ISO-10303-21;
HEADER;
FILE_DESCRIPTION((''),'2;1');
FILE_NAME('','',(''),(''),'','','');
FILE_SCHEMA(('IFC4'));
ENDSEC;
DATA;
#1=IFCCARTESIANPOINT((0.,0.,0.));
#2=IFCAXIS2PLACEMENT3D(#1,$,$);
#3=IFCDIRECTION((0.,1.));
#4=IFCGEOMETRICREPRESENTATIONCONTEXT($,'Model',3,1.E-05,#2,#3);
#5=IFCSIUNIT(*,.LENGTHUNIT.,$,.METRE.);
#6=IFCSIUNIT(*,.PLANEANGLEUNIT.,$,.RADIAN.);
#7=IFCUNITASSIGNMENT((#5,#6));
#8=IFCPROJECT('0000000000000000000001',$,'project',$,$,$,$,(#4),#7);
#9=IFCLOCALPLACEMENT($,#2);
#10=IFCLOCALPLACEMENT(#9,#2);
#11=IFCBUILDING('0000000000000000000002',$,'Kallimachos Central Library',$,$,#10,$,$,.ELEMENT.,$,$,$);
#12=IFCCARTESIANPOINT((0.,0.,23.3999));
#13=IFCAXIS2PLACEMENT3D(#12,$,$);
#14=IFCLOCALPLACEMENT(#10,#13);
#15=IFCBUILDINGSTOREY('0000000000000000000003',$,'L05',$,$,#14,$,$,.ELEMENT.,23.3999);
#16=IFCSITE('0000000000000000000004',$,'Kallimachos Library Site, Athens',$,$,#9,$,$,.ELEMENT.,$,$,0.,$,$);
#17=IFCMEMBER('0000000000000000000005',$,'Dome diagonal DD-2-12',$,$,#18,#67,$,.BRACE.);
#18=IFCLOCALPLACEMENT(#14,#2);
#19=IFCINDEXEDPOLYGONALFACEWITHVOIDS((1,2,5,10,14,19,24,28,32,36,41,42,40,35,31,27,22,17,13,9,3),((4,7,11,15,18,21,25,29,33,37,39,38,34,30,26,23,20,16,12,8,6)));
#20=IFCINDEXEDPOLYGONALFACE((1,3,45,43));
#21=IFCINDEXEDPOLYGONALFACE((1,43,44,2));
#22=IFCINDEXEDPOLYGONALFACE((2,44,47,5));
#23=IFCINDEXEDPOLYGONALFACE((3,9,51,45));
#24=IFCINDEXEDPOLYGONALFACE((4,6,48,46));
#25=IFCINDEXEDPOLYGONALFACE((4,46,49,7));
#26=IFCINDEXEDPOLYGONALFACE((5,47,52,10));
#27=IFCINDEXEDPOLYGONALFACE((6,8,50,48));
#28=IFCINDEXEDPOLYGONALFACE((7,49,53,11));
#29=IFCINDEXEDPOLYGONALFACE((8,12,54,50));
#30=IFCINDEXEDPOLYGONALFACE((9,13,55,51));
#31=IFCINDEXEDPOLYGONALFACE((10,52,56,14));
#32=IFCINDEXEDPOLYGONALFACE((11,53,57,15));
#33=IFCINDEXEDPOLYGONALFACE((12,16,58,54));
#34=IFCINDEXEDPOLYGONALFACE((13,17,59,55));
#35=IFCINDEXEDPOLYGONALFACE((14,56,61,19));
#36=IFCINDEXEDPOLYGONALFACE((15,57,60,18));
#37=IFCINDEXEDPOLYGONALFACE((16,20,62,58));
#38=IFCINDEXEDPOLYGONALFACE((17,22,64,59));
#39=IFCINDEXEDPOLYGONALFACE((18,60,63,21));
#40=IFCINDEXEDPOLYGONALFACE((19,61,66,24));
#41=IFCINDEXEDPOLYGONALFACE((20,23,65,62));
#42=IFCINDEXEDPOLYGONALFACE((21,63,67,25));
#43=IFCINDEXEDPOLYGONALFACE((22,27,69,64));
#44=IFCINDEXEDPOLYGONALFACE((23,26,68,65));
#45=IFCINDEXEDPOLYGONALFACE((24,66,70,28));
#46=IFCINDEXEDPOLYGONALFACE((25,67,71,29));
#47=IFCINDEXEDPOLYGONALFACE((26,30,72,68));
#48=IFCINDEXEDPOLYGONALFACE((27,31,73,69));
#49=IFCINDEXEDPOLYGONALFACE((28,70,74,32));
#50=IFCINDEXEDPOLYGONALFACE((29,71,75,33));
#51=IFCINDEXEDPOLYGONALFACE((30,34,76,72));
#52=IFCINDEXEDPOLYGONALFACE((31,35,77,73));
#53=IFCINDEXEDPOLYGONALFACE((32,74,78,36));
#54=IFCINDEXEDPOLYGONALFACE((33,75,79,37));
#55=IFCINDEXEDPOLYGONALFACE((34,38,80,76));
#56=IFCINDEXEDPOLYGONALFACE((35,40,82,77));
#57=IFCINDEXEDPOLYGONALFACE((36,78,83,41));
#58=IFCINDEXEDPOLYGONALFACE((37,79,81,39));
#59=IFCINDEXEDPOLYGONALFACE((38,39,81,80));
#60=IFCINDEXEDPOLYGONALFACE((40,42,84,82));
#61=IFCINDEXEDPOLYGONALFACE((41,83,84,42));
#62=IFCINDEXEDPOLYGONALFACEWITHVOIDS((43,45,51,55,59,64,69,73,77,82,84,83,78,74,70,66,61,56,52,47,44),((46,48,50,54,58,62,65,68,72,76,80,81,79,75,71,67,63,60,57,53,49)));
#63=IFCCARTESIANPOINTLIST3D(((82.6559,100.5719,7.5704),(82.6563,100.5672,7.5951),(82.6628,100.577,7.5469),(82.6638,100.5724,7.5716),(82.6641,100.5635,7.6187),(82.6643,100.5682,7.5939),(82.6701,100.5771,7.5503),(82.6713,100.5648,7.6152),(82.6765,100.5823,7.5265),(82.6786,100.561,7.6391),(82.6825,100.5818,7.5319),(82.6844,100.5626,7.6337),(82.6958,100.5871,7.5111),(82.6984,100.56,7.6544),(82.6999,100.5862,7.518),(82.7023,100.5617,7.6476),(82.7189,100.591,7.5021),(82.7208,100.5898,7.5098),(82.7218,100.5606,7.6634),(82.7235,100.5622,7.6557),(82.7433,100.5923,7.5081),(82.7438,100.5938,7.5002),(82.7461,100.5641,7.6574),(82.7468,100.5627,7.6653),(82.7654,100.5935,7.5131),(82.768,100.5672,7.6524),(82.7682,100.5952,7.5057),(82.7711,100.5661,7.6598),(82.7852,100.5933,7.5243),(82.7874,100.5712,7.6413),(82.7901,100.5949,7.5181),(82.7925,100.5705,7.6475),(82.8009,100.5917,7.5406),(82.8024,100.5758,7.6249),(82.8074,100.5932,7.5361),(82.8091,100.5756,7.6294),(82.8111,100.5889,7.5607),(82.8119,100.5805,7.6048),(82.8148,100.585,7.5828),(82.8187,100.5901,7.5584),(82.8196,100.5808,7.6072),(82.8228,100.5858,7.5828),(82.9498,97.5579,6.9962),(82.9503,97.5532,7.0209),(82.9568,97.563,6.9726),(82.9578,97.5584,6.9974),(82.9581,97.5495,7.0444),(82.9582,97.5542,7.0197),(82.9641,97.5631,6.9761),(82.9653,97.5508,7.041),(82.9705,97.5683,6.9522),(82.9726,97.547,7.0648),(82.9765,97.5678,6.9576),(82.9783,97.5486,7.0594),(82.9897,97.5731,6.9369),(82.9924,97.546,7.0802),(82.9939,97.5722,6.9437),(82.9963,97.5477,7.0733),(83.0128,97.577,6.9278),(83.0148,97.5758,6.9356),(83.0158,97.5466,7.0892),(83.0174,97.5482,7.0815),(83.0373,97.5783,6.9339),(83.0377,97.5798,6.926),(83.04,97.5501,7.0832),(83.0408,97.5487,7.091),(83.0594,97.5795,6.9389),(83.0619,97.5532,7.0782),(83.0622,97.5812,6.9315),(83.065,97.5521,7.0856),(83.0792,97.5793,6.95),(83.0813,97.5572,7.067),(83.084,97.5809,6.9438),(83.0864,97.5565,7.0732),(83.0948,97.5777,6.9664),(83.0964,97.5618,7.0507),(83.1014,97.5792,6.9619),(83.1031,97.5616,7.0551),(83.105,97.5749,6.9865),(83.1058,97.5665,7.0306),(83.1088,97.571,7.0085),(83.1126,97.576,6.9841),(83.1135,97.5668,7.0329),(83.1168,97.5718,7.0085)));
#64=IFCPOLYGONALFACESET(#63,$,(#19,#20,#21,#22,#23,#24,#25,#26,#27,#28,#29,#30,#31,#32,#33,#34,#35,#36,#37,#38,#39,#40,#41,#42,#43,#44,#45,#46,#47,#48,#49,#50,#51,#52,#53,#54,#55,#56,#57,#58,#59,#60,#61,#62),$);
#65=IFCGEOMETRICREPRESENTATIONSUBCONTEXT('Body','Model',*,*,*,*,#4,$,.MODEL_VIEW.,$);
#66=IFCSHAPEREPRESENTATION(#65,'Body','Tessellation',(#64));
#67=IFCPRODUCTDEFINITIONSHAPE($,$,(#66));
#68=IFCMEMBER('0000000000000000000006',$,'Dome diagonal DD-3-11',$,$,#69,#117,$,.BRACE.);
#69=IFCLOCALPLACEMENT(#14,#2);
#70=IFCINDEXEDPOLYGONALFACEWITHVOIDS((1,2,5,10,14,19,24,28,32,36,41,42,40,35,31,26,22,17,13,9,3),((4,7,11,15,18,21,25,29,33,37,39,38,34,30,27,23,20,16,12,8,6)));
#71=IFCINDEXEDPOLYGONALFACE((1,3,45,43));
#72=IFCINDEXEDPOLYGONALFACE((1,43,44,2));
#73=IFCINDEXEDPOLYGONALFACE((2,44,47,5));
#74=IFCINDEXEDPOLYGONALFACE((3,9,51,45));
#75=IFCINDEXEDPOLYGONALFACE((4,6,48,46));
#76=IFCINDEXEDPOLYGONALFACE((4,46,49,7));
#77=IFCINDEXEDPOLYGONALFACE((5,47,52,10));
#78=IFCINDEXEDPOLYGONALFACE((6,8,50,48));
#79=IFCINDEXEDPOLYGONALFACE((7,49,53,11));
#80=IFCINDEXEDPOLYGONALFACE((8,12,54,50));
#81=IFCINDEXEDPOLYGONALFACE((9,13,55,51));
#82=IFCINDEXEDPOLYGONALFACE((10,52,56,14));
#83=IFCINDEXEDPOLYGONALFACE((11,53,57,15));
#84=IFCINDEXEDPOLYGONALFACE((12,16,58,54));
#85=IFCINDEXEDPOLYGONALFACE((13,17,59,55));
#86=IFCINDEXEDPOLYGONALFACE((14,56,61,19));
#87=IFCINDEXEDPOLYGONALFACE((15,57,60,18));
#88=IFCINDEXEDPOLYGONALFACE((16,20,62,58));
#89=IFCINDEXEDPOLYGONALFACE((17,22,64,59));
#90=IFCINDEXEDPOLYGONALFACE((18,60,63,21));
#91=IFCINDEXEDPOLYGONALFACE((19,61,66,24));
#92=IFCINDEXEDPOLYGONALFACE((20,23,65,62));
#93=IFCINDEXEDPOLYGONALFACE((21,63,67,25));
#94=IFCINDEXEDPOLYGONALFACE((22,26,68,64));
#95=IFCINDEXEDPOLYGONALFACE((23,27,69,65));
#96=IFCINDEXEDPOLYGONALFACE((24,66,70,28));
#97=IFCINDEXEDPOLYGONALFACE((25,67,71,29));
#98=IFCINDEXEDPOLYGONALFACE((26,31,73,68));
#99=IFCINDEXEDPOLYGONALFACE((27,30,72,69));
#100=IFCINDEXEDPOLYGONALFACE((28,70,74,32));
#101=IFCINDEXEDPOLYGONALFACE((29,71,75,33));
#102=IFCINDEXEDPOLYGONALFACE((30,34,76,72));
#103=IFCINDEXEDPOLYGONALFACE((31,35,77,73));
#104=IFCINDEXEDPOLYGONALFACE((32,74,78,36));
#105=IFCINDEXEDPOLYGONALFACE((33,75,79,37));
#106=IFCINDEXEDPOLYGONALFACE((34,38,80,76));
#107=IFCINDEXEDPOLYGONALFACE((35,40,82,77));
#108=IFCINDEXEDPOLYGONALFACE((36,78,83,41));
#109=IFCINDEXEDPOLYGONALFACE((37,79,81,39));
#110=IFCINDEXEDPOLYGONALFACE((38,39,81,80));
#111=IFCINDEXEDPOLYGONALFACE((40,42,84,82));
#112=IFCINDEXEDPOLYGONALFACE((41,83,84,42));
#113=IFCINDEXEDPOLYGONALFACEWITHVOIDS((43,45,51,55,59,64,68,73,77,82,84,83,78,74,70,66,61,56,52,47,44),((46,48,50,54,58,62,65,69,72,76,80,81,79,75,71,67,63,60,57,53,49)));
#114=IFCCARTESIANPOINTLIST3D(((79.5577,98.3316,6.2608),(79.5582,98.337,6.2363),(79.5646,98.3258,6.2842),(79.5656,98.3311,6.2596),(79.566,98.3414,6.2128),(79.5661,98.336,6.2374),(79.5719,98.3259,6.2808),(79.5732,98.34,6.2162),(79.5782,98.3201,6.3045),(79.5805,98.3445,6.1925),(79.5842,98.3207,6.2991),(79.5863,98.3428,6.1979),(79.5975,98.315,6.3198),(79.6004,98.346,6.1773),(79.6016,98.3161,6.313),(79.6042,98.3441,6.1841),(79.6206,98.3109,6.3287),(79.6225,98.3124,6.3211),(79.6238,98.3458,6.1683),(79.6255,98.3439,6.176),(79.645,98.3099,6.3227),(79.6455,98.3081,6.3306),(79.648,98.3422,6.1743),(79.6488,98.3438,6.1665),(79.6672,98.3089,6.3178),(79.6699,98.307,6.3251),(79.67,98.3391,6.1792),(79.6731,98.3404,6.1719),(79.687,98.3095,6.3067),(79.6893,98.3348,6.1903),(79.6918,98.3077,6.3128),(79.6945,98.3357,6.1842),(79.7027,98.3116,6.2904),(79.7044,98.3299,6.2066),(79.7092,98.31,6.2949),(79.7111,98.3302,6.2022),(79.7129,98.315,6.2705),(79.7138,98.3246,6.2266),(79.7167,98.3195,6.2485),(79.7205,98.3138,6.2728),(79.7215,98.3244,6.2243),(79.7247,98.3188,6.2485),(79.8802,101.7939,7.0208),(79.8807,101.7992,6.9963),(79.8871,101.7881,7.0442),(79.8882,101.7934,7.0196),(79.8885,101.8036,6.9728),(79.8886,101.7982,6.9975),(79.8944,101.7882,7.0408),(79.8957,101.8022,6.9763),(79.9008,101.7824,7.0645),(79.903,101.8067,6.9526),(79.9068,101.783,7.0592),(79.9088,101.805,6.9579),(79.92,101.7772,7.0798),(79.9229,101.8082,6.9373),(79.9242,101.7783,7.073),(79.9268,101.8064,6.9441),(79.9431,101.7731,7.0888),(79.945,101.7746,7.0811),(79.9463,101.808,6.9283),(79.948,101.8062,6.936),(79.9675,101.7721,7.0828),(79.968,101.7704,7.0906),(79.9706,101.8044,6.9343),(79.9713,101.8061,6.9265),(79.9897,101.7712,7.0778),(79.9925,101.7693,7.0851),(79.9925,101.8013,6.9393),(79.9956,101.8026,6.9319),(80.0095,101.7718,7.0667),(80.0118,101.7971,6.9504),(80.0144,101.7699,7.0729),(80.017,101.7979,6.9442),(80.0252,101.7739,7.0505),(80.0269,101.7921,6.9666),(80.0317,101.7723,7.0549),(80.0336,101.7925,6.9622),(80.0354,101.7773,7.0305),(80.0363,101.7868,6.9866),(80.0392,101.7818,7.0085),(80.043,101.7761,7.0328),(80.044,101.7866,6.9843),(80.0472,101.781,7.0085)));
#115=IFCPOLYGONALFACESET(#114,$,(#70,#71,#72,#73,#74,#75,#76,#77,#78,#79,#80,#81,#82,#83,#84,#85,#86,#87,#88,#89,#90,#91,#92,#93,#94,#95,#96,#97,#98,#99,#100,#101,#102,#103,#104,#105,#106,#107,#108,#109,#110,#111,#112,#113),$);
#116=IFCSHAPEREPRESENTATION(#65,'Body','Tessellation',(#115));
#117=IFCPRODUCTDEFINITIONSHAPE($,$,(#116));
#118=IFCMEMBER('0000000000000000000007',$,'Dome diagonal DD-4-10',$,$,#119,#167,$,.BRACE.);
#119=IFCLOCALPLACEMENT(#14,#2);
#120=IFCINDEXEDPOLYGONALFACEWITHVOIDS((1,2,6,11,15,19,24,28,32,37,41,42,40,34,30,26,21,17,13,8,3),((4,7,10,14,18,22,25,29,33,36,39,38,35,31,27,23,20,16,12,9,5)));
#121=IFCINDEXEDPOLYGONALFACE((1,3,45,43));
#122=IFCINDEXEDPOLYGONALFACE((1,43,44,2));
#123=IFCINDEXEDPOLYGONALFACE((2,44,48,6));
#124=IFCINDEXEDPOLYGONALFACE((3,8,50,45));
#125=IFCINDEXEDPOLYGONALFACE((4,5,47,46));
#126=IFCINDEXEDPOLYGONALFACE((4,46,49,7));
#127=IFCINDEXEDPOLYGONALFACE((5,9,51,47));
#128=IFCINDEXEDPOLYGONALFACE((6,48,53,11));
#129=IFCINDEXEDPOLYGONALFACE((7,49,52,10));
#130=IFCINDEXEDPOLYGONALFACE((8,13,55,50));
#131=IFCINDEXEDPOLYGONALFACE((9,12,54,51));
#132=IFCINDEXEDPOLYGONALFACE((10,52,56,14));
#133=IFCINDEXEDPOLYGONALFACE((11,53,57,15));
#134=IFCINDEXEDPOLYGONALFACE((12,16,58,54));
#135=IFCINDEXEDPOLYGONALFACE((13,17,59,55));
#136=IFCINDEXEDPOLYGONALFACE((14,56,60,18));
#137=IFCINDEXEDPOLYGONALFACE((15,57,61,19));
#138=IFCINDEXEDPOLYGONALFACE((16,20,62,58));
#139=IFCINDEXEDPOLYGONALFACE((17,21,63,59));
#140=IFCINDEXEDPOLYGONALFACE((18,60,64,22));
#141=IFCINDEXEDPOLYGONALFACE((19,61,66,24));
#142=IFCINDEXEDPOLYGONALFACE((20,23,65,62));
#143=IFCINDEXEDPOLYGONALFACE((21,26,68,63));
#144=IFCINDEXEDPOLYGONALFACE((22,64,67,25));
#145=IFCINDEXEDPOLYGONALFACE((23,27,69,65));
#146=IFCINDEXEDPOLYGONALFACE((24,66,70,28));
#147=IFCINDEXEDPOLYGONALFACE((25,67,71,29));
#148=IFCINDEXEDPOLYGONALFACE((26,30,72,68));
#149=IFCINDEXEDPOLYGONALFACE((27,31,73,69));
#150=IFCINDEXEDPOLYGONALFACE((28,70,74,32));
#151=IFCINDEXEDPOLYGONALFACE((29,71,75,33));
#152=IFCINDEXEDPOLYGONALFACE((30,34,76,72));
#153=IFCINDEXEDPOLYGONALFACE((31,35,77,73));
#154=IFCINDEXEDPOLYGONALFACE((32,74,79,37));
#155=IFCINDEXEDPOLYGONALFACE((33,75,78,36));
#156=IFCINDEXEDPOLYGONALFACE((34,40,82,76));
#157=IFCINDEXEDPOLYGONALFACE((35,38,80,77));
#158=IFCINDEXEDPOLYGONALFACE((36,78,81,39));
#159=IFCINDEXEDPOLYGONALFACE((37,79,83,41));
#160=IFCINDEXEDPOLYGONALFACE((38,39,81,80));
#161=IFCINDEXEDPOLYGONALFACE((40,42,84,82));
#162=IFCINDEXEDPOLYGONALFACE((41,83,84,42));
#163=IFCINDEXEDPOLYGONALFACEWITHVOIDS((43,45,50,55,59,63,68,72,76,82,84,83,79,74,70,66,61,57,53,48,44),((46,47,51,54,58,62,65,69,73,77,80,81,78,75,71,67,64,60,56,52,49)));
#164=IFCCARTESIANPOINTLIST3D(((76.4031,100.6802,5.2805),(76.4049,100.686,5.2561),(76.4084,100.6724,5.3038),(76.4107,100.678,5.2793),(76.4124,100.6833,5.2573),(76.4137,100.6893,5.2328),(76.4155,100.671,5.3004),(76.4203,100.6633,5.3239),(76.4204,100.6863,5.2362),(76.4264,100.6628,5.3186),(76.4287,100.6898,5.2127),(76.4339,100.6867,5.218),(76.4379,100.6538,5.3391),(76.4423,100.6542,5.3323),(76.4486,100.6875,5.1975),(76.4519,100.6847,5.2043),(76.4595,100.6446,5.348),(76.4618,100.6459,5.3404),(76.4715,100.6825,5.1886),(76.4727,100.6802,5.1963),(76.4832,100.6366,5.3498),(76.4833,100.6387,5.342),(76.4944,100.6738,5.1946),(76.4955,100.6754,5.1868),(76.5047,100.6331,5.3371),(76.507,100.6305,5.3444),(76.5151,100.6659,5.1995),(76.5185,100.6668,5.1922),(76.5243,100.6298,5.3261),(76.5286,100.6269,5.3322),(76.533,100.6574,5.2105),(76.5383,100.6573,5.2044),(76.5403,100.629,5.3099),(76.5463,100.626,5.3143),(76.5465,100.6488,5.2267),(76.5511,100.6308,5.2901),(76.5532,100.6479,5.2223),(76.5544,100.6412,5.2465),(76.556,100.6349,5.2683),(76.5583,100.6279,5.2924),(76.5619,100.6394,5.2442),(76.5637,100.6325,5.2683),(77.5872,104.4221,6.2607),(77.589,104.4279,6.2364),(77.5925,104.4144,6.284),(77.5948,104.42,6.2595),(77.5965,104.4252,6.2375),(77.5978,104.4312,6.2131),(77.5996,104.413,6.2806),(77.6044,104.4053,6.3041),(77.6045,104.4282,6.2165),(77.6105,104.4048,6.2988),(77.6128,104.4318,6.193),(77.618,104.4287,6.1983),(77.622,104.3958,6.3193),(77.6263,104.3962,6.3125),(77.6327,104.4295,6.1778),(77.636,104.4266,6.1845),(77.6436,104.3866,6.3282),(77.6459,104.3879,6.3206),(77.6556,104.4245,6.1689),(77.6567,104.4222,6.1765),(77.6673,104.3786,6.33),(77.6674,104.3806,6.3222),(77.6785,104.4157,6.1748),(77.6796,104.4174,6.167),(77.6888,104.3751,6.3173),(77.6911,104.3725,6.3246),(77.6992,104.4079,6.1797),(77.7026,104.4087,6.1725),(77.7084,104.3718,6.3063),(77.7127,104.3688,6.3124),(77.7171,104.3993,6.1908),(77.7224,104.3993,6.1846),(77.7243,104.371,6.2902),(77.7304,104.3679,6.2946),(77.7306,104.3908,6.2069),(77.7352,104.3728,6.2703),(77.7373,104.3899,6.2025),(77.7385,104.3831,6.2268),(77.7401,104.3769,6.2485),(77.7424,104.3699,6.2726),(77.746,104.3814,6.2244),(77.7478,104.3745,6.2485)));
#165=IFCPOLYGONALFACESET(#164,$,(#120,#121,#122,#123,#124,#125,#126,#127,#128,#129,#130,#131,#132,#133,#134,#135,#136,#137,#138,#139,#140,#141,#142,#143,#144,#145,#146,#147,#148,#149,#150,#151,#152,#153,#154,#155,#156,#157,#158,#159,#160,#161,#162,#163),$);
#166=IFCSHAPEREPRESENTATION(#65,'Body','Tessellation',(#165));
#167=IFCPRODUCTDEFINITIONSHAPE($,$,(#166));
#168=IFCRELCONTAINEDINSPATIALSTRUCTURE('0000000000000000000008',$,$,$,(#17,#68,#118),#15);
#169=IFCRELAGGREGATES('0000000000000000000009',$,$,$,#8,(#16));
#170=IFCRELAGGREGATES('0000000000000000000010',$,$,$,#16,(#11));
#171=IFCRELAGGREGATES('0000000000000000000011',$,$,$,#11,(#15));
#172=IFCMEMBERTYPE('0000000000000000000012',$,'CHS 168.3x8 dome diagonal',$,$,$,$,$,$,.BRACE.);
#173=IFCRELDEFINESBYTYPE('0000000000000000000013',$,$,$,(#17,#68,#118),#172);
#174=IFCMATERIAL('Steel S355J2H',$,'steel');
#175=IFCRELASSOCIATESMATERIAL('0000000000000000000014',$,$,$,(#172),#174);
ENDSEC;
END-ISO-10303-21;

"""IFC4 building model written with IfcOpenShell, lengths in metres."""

from ifc_helpers import new_model, si_unit, direction, frame, origin, origin_2d, place, context, subcontext, project, spatial, hollow_circle, extrude, material, material_profile, profile_set, type_object, element, save


model = new_model("IFC4")

# Units and contexts
model_context = context("Model", 3, precision=1e-05, world=origin(), true_north=direction((0.0, 1.0)))
body_context = subcontext(model_context, "Body", "Model", "MODEL_VIEW")
ifc_project = project(units=[si_unit("LENGTHUNIT", "METRE"), si_unit("PLANEANGLEUNIT", "RADIAN")], contexts=[model_context])

# Site, building, storey
site_placement = place(None, origin())
site = spatial("IfcSite", under=ifc_project, at=site_placement, Name="Kallimachos Library Site, Athens", CompositionType="ELEMENT", RefElevation=0.0)
building_placement = place(site_placement, origin())
building = spatial("IfcBuilding", under=site, at=building_placement, Name="Kallimachos Central Library", CompositionType="ELEMENT")
storey_placement = place(building_placement, frame((0.0, 0.0, 23.3999)))
storey = spatial("IfcBuildingStorey", under=building, at=storey_placement, Name="L05", CompositionType="ELEMENT", Elevation=23.3999)

# Members
ifc_material_1 = material(Name="Steel S355J2H", Category="steel")
ifc_material_profile_1 = material_profile(ifc_material_1, hollow_circle(Radius=0.0842, WallThickness=0.0081, at=origin_2d()), Name="CHS 168.3x8")
ifc_profile_set_1 = profile_set([ifc_material_profile_1], Name="Steel S355J2H")
member_type_1 = type_object("IfcMemberType", Name="CHS 168.3x8 dome diagonal", PredefinedType="BRACE", material=ifc_profile_set_1)
for number, where, z_axis, x_axis, name in (
    (1, (82.739, 100.5776, 7.5828), (0.095369, -0.977853, -0.186303), (0.995278, 0.097069, 0.0), "Dome diagonal DD-2-12"),
):
    element("IfcMember", number, at=place(storey_placement, frame(where, z_axis=z_axis, x_axis=x_axis)), inside=storey, type_object=member_type_1, Name=name, PredefinedType="BRACE", context=body_context, shape_type="SweptSolid", body=[
        extrude(hollow_circle(Radius=0.0842, WallThickness=0.0081, at=origin_2d()), origin(), (0.0, 0.0, 1.0), 3.0823),
    ])
member_1_placement = place(storey_placement, frame((79.9634, 101.7888, 7.0085), z_axis=(-0.090612, -0.972725, -0.213532), x_axis=(0.995689, -0.092751, 0.0)))
element("IfcMember", 2, at=member_1_placement, inside=storey, type_object=member_type_1, Name="Dome diagonal DD-3-11", PredefinedType="BRACE", context=body_context, shape_type="SweptSolid", body=[
    extrude(hollow_circle(Radius=0.0842, WallThickness=0.0081, at=origin_2d()), origin(), (0.0, 0.0, 1.0), 3.5593),
])
member_2_placement = place(storey_placement, frame((77.6675, 104.3999, 6.2485), z_axis=(-0.2927, -0.924994, -0.242308), x_axis=(0.953406, -0.301691, 0.0)))
element("IfcMember", 3, at=member_2_placement, inside=storey, type_object=member_type_1, Name="Dome diagonal DD-4-10", PredefinedType="BRACE", context=body_context, shape_type="SweptSolid", body=[
    extrude(hollow_circle(Radius=0.0842, WallThickness=0.0081, at=origin_2d()), origin(), (0.0, 0.0, 1.0), 4.0454),
])

save(model, "model.ifc")
